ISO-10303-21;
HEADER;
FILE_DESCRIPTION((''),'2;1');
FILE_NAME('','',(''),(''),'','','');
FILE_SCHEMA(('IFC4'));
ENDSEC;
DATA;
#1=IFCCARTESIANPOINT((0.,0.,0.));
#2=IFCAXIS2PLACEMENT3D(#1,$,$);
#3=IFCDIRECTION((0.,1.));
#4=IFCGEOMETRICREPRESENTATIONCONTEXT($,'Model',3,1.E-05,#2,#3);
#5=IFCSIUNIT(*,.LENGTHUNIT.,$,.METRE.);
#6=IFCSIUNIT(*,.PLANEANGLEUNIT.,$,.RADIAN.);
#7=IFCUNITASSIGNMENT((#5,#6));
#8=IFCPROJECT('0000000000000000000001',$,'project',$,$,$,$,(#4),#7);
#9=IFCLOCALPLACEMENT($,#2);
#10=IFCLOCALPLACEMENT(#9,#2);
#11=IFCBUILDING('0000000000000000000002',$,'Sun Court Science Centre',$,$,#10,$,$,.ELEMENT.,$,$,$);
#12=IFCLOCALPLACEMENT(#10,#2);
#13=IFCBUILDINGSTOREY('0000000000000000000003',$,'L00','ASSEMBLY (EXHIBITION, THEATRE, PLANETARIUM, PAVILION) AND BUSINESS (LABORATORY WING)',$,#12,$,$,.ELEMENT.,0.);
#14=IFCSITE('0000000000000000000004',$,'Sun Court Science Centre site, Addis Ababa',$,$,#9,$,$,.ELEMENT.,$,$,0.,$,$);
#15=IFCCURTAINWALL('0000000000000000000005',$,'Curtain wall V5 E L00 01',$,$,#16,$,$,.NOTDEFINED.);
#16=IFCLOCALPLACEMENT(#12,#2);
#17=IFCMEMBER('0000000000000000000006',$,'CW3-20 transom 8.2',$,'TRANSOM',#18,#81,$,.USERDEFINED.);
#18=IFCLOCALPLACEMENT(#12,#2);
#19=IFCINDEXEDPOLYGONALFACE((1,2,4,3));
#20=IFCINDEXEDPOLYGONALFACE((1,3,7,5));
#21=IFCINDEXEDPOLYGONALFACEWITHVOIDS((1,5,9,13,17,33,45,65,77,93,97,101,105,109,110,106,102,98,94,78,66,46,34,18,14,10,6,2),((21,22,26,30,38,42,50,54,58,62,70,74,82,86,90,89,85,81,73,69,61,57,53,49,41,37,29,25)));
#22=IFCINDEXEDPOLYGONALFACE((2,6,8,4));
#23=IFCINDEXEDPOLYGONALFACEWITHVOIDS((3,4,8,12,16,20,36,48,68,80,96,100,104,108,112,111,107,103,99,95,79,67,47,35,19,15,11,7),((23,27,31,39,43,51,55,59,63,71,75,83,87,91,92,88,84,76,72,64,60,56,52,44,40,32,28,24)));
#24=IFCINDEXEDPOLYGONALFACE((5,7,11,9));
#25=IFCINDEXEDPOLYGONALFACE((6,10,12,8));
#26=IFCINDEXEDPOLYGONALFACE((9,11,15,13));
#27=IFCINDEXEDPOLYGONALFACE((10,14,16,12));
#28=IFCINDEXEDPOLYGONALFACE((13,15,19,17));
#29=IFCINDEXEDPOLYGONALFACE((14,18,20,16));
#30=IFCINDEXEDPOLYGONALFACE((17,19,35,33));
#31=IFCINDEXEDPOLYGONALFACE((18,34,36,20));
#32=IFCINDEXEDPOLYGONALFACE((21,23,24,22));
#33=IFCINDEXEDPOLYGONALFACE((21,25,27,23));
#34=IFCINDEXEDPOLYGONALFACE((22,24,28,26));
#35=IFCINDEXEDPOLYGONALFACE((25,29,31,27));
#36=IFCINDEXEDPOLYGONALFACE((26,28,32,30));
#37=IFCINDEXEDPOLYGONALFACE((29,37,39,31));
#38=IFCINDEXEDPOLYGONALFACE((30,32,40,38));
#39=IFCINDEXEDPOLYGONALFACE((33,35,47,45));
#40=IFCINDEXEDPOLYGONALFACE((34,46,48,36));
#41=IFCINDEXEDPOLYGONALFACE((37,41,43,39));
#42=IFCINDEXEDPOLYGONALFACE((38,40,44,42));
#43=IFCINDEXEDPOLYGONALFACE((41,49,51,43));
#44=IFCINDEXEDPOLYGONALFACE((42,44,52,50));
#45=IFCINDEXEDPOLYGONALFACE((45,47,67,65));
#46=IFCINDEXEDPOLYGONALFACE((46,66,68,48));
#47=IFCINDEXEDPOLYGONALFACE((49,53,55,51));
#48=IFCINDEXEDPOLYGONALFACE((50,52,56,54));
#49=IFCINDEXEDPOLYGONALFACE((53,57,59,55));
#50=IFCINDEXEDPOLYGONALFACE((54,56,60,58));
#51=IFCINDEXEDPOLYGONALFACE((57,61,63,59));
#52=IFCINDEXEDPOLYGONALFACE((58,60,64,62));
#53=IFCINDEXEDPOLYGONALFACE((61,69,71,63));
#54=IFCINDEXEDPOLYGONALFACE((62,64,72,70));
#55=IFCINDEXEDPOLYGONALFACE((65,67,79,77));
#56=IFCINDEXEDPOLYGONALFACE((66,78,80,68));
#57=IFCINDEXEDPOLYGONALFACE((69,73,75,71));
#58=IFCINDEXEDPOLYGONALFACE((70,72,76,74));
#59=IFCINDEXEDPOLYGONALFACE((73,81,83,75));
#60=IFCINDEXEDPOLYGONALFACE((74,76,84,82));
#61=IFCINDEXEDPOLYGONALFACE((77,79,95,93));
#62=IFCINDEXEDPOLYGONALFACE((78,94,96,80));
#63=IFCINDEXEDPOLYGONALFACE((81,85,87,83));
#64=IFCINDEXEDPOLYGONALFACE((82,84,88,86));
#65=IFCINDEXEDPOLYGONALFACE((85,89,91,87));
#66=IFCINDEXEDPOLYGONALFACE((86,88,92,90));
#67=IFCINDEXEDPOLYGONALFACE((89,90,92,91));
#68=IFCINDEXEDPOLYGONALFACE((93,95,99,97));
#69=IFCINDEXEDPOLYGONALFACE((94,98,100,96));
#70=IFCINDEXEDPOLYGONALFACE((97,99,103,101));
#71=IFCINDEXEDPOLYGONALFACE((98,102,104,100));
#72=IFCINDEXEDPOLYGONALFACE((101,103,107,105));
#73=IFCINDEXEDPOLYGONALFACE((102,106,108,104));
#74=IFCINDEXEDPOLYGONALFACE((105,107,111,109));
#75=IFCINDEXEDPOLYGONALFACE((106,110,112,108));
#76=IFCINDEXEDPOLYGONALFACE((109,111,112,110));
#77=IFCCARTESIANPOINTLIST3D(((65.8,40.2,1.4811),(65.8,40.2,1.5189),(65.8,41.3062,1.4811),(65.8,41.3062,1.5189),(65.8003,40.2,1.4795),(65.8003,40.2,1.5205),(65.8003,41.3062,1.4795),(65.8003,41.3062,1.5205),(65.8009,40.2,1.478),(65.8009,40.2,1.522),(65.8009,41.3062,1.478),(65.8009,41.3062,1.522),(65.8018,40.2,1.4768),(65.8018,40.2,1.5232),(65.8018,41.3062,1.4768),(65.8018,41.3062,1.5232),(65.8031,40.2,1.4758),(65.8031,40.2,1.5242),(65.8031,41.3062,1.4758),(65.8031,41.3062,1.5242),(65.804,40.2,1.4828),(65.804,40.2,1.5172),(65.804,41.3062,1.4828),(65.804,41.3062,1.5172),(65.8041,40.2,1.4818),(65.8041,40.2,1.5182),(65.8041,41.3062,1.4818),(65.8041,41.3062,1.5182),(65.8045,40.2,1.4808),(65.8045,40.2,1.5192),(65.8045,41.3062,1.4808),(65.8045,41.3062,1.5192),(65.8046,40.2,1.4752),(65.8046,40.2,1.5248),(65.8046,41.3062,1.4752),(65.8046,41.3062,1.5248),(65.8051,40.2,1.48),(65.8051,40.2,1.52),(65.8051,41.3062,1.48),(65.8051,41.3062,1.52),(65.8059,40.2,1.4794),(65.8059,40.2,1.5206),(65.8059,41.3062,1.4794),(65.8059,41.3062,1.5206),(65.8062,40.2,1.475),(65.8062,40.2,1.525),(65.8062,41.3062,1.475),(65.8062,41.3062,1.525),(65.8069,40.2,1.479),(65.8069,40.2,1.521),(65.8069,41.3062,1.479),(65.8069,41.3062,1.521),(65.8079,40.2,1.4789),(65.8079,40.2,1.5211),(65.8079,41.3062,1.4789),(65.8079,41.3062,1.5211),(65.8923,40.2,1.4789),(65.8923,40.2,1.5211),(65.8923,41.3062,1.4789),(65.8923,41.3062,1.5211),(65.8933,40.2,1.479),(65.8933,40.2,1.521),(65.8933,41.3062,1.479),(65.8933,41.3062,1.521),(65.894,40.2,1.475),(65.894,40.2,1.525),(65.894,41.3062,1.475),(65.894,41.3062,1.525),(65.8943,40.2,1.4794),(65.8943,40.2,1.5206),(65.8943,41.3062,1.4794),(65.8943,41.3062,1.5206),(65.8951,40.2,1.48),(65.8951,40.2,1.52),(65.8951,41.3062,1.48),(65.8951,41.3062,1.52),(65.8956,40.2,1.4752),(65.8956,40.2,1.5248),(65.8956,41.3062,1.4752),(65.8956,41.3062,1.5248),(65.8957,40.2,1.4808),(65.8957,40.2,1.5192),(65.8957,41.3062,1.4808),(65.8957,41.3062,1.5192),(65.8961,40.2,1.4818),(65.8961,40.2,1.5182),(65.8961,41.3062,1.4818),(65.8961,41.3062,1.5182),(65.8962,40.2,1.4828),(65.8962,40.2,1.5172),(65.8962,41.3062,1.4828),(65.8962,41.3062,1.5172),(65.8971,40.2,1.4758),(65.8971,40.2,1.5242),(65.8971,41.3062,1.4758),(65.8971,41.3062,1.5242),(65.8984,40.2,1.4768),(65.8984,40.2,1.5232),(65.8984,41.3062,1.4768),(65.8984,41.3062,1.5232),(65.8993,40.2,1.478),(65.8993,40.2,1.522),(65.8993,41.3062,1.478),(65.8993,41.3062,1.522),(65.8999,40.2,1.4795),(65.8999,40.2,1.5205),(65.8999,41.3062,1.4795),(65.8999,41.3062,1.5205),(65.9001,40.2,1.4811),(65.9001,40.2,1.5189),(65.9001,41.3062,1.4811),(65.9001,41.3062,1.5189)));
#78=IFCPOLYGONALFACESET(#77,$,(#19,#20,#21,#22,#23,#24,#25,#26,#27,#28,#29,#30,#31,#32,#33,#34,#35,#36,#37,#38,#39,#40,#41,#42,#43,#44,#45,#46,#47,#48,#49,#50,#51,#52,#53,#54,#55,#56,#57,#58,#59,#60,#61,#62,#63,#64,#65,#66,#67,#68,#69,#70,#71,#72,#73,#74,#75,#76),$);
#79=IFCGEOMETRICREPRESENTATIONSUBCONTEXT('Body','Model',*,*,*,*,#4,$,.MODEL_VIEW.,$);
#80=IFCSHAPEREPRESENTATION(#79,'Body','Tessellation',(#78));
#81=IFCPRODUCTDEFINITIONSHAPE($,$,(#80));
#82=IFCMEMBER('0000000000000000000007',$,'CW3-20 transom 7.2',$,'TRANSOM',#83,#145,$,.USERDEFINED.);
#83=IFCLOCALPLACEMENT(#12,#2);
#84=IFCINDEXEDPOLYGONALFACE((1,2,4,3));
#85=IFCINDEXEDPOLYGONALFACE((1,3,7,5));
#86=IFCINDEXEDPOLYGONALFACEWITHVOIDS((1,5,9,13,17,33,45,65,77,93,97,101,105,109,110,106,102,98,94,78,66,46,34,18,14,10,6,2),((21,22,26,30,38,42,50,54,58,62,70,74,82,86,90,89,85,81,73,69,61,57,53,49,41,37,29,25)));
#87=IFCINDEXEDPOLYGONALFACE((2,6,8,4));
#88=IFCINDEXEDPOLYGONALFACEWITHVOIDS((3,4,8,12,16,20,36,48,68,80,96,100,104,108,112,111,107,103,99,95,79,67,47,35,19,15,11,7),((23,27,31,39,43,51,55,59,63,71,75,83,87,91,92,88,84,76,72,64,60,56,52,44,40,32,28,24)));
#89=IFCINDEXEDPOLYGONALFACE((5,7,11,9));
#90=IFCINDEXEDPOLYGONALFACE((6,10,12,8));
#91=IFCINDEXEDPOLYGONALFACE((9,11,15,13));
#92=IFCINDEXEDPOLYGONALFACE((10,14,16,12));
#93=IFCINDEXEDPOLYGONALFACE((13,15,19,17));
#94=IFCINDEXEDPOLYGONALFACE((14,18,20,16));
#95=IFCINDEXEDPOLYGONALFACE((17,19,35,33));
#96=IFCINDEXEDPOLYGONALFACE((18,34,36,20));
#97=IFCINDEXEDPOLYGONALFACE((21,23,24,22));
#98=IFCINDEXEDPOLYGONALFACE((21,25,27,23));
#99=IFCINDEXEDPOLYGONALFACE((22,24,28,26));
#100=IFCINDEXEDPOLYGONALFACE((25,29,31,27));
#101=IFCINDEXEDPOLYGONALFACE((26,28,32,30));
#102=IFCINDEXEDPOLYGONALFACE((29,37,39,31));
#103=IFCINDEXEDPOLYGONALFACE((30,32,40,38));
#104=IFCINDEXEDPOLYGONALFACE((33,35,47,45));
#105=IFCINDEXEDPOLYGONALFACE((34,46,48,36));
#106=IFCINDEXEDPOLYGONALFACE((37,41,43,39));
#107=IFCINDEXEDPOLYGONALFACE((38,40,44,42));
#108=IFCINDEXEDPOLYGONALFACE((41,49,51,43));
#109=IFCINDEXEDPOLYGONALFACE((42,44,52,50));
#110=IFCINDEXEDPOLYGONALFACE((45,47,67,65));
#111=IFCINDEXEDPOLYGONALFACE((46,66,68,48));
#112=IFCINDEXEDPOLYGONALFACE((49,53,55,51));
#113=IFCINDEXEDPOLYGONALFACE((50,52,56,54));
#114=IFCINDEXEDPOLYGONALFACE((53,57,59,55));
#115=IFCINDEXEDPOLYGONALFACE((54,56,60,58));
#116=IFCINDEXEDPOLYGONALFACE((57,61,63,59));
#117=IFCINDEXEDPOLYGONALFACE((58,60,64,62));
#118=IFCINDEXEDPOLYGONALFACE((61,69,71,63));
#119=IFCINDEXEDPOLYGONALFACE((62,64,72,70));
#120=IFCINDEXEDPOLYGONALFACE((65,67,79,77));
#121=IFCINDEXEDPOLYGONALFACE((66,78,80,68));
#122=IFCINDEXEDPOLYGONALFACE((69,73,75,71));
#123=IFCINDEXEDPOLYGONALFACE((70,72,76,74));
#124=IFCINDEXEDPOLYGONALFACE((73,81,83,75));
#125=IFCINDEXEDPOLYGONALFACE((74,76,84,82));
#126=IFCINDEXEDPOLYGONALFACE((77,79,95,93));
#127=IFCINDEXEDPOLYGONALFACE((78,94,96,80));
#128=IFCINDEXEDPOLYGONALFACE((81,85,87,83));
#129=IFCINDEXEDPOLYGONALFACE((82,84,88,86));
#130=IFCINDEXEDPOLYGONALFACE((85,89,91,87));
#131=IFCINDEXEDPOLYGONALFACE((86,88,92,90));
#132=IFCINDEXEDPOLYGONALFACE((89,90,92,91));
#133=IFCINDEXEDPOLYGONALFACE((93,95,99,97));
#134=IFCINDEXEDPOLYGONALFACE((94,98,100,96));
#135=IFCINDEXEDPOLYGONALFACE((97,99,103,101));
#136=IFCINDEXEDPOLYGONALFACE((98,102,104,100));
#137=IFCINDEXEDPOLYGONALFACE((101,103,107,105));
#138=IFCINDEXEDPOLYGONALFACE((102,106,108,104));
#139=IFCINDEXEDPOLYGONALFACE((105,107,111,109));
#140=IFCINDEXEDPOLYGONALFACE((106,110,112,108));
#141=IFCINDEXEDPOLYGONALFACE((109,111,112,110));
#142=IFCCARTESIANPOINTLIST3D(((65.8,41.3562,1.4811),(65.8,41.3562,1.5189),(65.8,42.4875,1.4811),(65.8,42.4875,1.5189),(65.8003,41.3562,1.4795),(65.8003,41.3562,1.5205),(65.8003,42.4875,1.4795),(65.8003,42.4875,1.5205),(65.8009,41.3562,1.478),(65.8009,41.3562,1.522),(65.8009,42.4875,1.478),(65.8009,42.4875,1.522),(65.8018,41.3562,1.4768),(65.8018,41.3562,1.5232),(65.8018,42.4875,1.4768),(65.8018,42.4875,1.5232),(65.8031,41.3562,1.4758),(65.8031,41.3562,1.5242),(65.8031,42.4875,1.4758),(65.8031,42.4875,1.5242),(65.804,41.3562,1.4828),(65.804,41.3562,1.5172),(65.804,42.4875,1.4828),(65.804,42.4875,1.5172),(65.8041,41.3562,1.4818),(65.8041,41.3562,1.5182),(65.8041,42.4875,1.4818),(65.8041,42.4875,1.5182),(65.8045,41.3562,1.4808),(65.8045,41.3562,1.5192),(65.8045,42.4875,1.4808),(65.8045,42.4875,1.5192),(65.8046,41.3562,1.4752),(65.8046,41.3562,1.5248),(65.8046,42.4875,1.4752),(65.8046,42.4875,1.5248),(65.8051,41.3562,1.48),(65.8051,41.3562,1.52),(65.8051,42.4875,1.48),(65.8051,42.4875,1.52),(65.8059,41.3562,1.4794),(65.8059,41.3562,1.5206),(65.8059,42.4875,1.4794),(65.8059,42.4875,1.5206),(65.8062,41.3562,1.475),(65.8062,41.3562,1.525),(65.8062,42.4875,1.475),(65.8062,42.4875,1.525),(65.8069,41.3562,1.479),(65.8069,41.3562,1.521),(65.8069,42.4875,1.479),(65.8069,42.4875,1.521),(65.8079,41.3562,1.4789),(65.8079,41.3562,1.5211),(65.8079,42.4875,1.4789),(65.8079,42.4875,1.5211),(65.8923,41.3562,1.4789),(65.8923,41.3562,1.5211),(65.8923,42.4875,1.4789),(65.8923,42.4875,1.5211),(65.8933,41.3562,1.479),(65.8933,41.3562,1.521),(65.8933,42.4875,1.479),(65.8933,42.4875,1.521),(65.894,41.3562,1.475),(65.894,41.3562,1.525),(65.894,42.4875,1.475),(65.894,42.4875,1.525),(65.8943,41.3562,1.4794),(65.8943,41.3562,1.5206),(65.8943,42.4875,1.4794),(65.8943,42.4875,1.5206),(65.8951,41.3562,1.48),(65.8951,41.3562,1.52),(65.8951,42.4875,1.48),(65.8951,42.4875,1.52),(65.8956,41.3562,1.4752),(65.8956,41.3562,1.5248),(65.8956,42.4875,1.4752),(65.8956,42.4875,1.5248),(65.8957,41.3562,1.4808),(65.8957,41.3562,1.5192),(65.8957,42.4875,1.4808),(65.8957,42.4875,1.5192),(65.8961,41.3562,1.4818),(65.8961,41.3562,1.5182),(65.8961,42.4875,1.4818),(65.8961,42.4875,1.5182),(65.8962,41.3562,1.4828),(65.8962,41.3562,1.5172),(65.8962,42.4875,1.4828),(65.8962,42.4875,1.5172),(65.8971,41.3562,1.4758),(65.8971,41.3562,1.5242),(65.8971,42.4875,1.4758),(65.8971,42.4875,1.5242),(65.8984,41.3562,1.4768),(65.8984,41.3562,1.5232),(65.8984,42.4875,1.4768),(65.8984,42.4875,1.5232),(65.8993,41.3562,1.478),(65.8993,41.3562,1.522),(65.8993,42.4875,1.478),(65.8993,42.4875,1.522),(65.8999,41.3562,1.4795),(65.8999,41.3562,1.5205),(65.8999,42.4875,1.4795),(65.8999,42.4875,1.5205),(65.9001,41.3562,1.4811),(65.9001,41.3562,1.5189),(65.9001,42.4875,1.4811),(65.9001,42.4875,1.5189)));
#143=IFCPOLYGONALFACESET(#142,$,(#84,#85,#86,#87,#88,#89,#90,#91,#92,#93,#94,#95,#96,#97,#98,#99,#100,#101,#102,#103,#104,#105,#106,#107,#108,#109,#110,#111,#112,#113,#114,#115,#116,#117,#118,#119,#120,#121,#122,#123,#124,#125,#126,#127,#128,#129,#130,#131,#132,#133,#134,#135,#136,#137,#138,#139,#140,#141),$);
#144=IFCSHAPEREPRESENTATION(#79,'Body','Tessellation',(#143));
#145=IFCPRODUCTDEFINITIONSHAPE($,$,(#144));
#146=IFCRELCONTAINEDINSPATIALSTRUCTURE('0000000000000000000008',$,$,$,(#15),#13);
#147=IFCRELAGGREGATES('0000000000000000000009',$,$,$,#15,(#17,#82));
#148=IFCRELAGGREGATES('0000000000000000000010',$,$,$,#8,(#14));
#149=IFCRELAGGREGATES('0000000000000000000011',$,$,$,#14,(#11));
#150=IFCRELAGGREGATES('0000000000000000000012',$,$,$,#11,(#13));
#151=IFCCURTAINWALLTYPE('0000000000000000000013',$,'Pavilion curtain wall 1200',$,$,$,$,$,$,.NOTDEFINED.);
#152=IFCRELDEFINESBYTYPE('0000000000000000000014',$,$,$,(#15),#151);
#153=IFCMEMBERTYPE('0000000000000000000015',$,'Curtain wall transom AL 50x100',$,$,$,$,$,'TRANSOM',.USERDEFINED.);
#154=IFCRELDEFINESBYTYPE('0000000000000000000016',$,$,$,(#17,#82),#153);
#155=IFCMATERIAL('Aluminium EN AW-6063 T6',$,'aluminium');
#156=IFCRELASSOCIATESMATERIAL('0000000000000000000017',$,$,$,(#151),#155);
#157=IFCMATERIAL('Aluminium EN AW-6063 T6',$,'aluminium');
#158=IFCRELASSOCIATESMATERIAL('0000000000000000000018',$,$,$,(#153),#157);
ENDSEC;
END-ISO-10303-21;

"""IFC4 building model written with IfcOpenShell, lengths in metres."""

from ifc_helpers import new_model, si_unit, direction, frame, origin, origin_2d, place, context, subcontext, project, spatial, hollow_rectangle, extrude, material, material_profile, profile_set, type_object, element, aggregate, save


model = new_model("IFC4")

# Units and contexts
model_context = context("Model", 3, precision=1e-05, world=origin(), true_north=direction((0.0, 1.0)))
body_context = subcontext(model_context, "Body", "Model", "MODEL_VIEW")
ifc_project = project(units=[si_unit("LENGTHUNIT", "METRE"), si_unit("PLANEANGLEUNIT", "RADIAN")], contexts=[model_context])

# Site, building, storey
site_placement = place(None, origin())
site = spatial("IfcSite", under=ifc_project, at=site_placement, Name="Sun Court Science Centre site, Addis Ababa", CompositionType="ELEMENT", RefElevation=0.0)
building_placement = place(site_placement, origin())
building = spatial("IfcBuilding", under=site, at=building_placement, Name="Sun Court Science Centre", CompositionType="ELEMENT")
storey_placement = place(building_placement, origin())
storey = spatial("IfcBuildingStorey", under=building, at=storey_placement, Name="L00", Description="ASSEMBLY (EXHIBITION, THEATRE, PLANETARIUM, PAVILION) AND BUSINESS (LABORATORY WING)", CompositionType="ELEMENT", Elevation=0.0)

# Curtain wall, members
ifc_material_1 = material(Name="Aluminium EN AW-6063 T6", Category="aluminium")
curtain_wall_type = type_object("IfcCurtainWallType", Name="Pavilion curtain wall 1200", PredefinedType="NOTDEFINED", material=ifc_material_1)
curtain_wall_placement = place(storey_placement, origin())
curtain_wall = element("IfcCurtainWall", 1, at=curtain_wall_placement, inside=storey, type_object=curtain_wall_type, Name="Curtain wall V5 E L00 01", PredefinedType="NOTDEFINED")
ifc_material_2 = material(Name="Aluminium EN AW-6063 T6", Category="aluminium")
ifc_material_profile = material_profile(ifc_material_2, hollow_rectangle(XDim=0.05, YDim=0.1001, WallThickness=0.0039, InnerFilletRadius=0.0039, OuterFilletRadius=0.0061, at=origin_2d()), Name="AL 50x100x4")
ifc_profile_set = profile_set([ifc_material_profile], Name="Aluminium EN AW-6063 T6")
member_type = type_object("IfcMemberType", Name="Curtain wall transom AL 50x100", ElementType="TRANSOM", PredefinedType="USERDEFINED", material=ifc_profile_set)
member_1_placement = place(storey_placement, frame((65.8501, 41.3062, 1.5), z_axis=(0.0, -1.0, 0.0), x_axis=(0.0, 0.0, 1.0)))
member_1 = element("IfcMember", 2, at=member_1_placement, type_object=member_type, Name="CW3-20 transom 8.2", ObjectType="TRANSOM", PredefinedType="USERDEFINED", context=body_context, shape_type="SweptSolid", body=[
    extrude(hollow_rectangle(XDim=0.05, YDim=0.1001, WallThickness=0.0039, InnerFilletRadius=0.0039, OuterFilletRadius=0.0061, at=origin_2d()), origin(), (0.0, 0.0, 1.0), 1.1062),
])
member_2_placement = place(storey_placement, frame((65.8501, 42.4875, 1.5), z_axis=(0.0, -1.0, 0.0), x_axis=(0.0, 0.0, 1.0)))
member_2 = element("IfcMember", 3, at=member_2_placement, type_object=member_type, Name="CW3-20 transom 7.2", ObjectType="TRANSOM", PredefinedType="USERDEFINED", context=body_context, shape_type="SweptSolid", body=[
    extrude(hollow_rectangle(XDim=0.05, YDim=0.1001, WallThickness=0.0039, InnerFilletRadius=0.0039, OuterFilletRadius=0.0061, at=origin_2d()), origin(), (0.0, 0.0, 1.0), 1.1313),
])
aggregate(curtain_wall, [member_1, member_2])

save(model, "model.ifc")
